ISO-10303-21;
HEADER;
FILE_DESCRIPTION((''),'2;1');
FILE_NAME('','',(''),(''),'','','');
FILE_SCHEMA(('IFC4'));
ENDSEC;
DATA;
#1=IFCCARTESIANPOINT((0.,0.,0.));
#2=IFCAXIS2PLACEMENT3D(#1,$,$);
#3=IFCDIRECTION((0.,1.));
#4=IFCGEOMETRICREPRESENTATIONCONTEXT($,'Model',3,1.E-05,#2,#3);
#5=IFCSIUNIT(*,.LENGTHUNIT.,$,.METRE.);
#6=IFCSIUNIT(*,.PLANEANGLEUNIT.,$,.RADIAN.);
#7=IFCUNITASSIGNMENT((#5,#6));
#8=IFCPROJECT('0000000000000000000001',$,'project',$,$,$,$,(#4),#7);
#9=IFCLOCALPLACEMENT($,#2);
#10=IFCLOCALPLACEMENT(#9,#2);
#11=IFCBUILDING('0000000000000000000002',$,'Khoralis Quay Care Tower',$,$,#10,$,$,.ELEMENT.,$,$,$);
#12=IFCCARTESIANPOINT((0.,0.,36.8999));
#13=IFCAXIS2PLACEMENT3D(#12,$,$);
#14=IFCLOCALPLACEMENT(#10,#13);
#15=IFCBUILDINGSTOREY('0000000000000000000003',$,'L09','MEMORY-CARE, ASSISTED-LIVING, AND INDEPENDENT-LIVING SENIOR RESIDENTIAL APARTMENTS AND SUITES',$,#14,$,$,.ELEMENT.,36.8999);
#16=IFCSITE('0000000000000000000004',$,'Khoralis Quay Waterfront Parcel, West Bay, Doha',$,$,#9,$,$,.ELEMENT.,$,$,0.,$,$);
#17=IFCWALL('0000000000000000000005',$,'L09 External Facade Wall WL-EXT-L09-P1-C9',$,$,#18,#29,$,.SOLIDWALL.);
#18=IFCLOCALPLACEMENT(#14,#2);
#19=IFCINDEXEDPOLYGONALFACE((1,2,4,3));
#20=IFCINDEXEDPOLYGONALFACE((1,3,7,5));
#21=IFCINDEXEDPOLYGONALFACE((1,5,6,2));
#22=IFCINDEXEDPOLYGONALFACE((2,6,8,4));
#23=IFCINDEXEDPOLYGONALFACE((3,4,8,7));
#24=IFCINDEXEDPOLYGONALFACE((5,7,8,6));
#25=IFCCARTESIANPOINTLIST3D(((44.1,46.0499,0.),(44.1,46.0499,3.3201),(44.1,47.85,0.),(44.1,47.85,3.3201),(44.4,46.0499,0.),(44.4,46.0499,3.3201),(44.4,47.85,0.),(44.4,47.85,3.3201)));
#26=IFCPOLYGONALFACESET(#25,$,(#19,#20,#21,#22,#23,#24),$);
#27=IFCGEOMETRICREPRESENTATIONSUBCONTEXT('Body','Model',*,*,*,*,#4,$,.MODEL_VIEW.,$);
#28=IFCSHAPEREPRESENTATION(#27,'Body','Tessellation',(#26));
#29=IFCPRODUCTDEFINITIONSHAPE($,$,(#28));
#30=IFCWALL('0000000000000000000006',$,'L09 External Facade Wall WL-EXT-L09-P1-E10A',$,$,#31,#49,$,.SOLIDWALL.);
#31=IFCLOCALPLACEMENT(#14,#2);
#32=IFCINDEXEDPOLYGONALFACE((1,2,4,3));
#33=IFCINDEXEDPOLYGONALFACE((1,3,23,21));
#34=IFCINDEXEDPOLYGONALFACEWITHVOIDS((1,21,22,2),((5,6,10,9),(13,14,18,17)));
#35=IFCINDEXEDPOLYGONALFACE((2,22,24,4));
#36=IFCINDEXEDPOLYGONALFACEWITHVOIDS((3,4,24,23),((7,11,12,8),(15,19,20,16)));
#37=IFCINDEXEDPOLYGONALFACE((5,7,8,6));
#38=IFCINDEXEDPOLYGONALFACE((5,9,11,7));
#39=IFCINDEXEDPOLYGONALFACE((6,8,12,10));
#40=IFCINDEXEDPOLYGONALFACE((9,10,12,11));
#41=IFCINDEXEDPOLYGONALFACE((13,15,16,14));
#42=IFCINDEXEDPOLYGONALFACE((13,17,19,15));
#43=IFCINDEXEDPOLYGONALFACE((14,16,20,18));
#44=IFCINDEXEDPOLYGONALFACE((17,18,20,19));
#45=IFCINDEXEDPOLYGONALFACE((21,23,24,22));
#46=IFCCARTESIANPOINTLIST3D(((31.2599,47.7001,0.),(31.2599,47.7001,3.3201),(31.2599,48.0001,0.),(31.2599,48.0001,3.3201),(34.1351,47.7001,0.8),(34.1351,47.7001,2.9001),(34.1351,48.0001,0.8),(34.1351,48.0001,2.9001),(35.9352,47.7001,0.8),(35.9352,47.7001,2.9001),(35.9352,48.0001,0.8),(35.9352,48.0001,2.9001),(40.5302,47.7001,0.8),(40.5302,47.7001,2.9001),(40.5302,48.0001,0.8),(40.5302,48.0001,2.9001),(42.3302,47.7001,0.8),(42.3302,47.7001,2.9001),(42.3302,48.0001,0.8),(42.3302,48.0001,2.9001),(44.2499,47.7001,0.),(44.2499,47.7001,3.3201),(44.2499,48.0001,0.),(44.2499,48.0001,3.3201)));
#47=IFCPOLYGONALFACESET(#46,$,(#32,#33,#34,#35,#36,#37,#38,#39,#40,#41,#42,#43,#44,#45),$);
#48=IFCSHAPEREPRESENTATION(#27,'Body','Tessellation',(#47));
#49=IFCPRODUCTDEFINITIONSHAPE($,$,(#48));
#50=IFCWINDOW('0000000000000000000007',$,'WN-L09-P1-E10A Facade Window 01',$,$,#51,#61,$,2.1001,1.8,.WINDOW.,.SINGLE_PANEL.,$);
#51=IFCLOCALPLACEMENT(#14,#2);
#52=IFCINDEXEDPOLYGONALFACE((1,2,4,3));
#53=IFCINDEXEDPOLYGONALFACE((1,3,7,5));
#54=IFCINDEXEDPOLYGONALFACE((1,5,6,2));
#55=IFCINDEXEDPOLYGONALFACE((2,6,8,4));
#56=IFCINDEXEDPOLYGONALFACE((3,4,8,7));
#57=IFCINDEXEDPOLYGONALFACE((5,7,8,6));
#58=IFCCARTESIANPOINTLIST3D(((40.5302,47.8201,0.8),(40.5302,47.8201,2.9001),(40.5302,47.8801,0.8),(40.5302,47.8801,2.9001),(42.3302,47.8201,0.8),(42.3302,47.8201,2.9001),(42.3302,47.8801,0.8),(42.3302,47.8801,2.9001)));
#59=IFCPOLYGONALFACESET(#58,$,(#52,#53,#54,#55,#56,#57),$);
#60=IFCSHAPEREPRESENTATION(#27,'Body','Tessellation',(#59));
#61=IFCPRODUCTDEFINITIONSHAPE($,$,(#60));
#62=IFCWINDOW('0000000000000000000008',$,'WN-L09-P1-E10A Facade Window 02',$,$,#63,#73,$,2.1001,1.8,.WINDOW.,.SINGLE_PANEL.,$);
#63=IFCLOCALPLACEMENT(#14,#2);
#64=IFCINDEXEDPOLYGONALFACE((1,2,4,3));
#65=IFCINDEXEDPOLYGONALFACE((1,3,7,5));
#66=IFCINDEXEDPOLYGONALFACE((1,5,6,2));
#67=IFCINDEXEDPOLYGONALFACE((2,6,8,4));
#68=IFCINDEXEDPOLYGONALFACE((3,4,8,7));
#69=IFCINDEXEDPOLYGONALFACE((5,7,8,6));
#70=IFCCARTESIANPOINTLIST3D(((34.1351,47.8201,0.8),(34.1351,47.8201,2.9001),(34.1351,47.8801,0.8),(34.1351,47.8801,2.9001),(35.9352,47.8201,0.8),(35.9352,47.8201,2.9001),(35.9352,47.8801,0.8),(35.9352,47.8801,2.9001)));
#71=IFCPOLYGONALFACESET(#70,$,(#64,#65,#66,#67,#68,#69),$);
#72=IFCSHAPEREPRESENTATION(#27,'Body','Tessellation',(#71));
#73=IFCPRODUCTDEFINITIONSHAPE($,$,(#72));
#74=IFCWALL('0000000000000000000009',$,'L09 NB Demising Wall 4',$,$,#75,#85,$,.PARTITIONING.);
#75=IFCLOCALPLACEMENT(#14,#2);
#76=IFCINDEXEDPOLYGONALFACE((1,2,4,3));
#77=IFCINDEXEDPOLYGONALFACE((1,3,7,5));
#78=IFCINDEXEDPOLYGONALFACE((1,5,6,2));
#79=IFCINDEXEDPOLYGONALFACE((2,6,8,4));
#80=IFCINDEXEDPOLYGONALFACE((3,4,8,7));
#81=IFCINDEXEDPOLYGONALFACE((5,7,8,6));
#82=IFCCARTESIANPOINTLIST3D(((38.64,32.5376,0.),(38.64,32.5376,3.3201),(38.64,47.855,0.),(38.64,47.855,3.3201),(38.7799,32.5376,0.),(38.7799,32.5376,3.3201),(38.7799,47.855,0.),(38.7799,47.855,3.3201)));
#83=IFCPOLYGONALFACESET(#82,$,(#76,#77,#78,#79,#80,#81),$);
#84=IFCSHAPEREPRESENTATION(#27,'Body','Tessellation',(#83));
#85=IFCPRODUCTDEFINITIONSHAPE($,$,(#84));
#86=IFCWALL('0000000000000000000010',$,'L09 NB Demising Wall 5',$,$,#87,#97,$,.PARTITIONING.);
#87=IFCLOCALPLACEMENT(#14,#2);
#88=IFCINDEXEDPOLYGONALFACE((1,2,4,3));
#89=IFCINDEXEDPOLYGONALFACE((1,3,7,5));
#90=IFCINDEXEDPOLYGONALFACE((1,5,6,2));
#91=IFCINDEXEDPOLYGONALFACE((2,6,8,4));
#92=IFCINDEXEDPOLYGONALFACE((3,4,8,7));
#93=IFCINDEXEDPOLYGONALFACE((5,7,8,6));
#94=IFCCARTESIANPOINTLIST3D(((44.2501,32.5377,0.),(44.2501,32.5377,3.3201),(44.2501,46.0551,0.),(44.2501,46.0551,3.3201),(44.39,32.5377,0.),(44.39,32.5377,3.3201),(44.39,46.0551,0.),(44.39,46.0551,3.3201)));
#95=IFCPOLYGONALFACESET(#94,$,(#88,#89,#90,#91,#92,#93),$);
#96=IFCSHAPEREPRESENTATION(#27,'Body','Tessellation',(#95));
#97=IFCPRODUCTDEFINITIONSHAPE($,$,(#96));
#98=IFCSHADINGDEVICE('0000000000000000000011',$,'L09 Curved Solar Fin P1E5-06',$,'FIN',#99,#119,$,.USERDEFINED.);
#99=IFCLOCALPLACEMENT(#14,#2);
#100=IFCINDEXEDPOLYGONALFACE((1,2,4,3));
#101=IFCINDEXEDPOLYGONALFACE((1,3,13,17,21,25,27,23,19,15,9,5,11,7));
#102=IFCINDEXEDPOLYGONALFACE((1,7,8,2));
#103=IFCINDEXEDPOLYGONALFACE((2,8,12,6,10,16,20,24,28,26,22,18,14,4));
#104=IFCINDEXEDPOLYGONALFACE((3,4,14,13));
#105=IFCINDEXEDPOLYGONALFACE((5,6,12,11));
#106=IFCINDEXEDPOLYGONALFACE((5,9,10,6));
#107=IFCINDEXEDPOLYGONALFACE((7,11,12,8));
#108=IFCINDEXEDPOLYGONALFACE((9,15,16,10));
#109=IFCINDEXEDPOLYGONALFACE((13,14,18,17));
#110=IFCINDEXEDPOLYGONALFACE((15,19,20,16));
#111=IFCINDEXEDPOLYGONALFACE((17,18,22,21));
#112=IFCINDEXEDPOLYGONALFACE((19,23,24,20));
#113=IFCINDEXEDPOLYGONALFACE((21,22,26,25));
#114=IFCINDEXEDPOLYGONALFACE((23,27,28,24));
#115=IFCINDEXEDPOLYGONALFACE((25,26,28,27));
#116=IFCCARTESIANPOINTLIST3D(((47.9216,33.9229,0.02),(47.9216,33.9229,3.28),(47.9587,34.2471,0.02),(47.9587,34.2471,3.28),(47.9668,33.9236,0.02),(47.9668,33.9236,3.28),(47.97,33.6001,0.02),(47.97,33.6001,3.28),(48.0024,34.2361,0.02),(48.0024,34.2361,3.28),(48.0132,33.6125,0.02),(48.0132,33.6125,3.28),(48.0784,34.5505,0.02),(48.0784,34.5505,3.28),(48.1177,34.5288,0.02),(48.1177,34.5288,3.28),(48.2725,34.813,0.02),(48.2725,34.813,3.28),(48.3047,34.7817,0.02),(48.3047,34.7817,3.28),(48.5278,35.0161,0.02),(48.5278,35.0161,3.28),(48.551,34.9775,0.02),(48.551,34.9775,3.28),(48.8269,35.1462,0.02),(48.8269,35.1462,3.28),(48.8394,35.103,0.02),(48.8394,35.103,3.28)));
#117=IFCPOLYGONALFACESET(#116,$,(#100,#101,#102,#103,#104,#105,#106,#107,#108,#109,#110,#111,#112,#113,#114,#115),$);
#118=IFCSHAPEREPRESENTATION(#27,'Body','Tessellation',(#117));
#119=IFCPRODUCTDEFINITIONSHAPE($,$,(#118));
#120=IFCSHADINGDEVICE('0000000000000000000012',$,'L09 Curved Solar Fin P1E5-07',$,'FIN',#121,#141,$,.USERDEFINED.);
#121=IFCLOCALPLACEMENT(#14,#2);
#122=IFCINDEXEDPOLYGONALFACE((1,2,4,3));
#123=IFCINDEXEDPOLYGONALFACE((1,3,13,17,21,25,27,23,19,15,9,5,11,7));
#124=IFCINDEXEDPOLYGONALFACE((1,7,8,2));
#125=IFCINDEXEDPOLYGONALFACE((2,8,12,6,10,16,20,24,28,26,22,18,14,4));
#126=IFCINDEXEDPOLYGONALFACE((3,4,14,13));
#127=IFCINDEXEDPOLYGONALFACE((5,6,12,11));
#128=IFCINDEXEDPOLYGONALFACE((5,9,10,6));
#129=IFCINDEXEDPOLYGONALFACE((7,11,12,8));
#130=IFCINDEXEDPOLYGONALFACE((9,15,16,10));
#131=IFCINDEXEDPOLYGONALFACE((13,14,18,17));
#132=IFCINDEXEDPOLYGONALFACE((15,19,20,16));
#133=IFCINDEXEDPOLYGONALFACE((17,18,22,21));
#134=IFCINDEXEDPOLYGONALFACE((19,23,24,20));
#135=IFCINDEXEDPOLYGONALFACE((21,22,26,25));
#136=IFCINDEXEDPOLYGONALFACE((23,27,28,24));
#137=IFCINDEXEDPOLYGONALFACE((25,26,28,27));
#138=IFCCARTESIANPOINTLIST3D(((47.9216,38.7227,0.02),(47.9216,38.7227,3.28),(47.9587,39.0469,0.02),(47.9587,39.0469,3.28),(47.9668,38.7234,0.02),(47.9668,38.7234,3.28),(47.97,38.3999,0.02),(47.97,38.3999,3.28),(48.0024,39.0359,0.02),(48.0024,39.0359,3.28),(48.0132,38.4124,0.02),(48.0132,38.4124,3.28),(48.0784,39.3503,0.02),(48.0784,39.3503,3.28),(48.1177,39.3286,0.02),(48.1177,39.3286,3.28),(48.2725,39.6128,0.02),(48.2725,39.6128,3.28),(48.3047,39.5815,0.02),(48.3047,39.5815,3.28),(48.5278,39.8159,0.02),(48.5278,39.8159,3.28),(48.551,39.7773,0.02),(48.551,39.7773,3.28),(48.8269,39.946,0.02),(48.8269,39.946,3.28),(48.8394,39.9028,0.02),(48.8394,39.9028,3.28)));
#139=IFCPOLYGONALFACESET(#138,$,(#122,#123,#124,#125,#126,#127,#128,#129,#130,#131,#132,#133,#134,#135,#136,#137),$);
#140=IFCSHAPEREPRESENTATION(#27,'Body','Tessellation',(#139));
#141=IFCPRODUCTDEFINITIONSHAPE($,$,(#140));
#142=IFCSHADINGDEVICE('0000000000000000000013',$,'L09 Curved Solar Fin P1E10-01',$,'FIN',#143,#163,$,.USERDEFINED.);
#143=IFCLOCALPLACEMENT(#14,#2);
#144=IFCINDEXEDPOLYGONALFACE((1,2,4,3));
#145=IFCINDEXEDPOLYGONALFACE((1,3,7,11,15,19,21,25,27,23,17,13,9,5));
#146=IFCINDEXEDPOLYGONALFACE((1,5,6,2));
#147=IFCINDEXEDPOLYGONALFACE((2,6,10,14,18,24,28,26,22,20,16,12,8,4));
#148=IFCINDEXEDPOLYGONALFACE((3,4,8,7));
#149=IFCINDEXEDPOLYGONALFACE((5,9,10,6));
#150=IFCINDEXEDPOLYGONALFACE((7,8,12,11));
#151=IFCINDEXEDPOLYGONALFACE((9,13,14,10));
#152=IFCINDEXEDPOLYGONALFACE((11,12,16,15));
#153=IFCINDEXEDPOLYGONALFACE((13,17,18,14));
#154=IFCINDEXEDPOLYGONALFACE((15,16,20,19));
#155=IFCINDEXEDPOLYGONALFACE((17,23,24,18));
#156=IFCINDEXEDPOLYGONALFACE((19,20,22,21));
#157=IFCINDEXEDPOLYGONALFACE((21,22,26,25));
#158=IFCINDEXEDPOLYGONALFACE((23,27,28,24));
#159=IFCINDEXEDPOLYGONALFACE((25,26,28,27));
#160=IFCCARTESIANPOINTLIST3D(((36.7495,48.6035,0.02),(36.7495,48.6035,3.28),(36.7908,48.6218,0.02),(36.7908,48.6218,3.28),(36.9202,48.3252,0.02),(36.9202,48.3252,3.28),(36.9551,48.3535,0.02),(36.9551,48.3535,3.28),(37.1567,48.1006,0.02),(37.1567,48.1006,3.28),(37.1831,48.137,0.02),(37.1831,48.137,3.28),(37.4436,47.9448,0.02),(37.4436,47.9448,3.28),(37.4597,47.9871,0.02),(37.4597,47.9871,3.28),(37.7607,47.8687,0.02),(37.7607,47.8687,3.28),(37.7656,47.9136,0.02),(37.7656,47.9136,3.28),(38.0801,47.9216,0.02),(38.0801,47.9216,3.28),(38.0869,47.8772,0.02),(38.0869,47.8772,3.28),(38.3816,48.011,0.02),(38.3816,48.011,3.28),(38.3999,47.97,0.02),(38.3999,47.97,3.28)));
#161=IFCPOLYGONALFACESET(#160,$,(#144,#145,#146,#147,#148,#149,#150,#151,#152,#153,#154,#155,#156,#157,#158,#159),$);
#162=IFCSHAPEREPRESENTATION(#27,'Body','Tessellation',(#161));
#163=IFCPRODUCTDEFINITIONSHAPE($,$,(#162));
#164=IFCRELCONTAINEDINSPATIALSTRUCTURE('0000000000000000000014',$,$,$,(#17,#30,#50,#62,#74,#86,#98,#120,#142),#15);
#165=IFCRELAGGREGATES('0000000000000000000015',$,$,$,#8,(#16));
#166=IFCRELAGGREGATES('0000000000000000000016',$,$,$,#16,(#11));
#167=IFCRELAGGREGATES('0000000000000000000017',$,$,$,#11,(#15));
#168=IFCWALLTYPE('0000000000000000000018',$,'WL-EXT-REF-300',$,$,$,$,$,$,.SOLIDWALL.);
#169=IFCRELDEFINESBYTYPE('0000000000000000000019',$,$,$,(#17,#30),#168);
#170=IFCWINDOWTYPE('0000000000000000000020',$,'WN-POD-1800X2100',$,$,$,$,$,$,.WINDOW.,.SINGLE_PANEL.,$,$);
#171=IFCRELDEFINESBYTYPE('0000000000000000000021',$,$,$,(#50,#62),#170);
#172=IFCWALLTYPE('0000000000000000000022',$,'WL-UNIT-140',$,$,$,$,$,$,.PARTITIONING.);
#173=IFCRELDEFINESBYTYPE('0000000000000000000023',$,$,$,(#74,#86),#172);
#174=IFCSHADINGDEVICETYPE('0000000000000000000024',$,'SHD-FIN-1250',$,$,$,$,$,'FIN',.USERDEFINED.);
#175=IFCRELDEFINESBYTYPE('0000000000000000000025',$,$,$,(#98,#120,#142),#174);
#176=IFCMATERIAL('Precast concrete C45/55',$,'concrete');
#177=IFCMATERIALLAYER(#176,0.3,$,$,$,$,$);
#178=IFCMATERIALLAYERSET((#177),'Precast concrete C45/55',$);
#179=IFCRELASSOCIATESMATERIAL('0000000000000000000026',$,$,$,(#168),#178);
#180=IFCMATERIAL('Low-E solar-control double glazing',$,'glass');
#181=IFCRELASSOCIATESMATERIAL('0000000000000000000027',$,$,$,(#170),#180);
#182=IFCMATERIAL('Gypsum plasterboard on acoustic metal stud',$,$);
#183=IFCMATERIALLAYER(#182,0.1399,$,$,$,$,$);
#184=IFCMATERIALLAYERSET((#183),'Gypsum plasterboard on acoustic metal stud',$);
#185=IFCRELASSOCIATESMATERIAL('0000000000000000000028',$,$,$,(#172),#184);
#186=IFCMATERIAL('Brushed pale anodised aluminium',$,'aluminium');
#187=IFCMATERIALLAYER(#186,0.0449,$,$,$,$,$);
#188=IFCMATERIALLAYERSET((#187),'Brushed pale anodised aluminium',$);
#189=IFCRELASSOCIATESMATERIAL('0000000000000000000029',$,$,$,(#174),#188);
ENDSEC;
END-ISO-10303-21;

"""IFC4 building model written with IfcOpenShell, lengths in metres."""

from ifc_helpers import new_model, si_unit, direction, frame, frame_2d, origin, place, context, subcontext, project, spatial, polyline, rectangle, outline, extrude, source, transform, mapped, material, layer, layer_set, type_object, element, fill, save


model = new_model("IFC4")

# Units and contexts
model_context = context("Model", 3, precision=1e-05, world=origin(), true_north=direction((0.0, 1.0)))
body_context = subcontext(model_context, "Body", "Model", "MODEL_VIEW")
ifc_project = project(units=[si_unit("LENGTHUNIT", "METRE"), si_unit("PLANEANGLEUNIT", "RADIAN")], contexts=[model_context])

# Site, building, storey
site_placement = place(None, origin())
site = spatial("IfcSite", under=ifc_project, at=site_placement, Name="Khoralis Quay Waterfront Parcel, West Bay, Doha", CompositionType="ELEMENT", RefElevation=0.0)
building_placement = place(site_placement, origin())
building = spatial("IfcBuilding", under=site, at=building_placement, Name="Khoralis Quay Care Tower", CompositionType="ELEMENT")
storey_placement = place(building_placement, frame((0.0, 0.0, 36.8999)))
storey = spatial("IfcBuildingStorey", under=building, at=storey_placement, Name="L09", Description="MEMORY-CARE, ASSISTED-LIVING, AND INDEPENDENT-LIVING SENIOR RESIDENTIAL APARTMENTS AND SUITES", CompositionType="ELEMENT", Elevation=36.8999)

# Shared definitions
ifc_material_1 = material(Name="Low-E solar-control double glazing", Category="glass")

# Shared definitions
ifc_material_2 = material(Name="Precast concrete C45/55", Category="concrete")
ifc_layer_1 = layer(ifc_material_2, 0.3)
ifc_layer_set_1 = layer_set([ifc_layer_1], Name="Precast concrete C45/55")
wall_type_1 = type_object("IfcWallType", Name="WL-EXT-REF-300", PredefinedType="SOLIDWALL", material=ifc_layer_set_1)
window_type = type_object("IfcWindowType", Name="WN-POD-1800X2100", PartitioningType="SINGLE_PANEL", PredefinedType="WINDOW", material=ifc_material_1)
shared_shape_1 = source(origin(), body_context, "Body", "SweptSolid", [
    extrude(rectangle(XDim=1.8, YDim=2.1001, at=frame_2d((0.8999, 1.05))), frame((0.0, 0.03, 0.0), z_axis=(0.0, -1.0, 0.0), x_axis=(1.0, 0.0, 0.0)), (0.0, 0.0, 1.0), 0.0601),
])

# Wall
for number, where, z_axis, x_axis, name in (
    (1, (44.25, 46.05, 0.0), (0.0, 0.0, 1.0), (0.0, 1.0, 0.0), "L09 External Facade Wall WL-EXT-L09-P1-C9"),
):
    element("IfcWall", number, at=place(storey_placement, frame(where, z_axis=z_axis, x_axis=x_axis)), inside=storey, type_object=wall_type_1, Name=name, PredefinedType="SOLIDWALL", context=body_context, shape_type="SweptSolid", body=[
        extrude(rectangle(XDim=1.8, YDim=0.3, at=frame_2d((0.8999, 0.0))), origin(), (0.0, 0.0, 1.0), 3.3201),
    ])

# Wall, openings, windows
wall_1_placement = place(storey_placement, frame((44.25, 47.8501, 0.0), z_axis=(0.0, 0.0, 1.0), x_axis=(-1.0, 0.0, 0.0)))
wall_1 = element("IfcWall", 2, at=wall_1_placement, inside=storey, type_object=wall_type_1, Name="L09 External Facade Wall WL-EXT-L09-P1-E10A", PredefinedType="SOLIDWALL", context=body_context, shape_type="SweptSolid", body=[
    extrude(rectangle(XDim=12.99, YDim=0.3, at=frame_2d((6.4951, 0.0))), origin(), (0.0, 0.0, 1.0), 3.3201),
])
opening_1_placement = place(wall_1_placement, frame((1.9199, 0.0, 0.8)))
opening_1 = element("IfcOpeningElement", 3, at=opening_1_placement, cuts=wall_1, PredefinedType="OPENING", context=body_context, shape_type="SweptSolid", body=[
    extrude(rectangle(XDim=1.8, YDim=2.1001, at=frame_2d((0.8999, 1.05))), frame((0.0, 0.1602, 0.0), z_axis=(0.0, -1.0, 0.0), x_axis=(1.0, 0.0, 0.0)), (0.0, 0.0, 1.0), 0.3201),
])
opening_2_placement = place(wall_1_placement, frame((8.3149, 0.0, 0.8)))
opening_2 = element("IfcOpeningElement", 4, at=opening_2_placement, cuts=wall_1, PredefinedType="OPENING", context=body_context, shape_type="SweptSolid", body=[
    extrude(rectangle(XDim=1.8, YDim=2.1001, at=frame_2d((0.8999, 1.05))), frame((0.0, 0.1602, 0.0), z_axis=(0.0, -1.0, 0.0), x_axis=(1.0, 0.0, 0.0)), (0.0, 0.0, 1.0), 0.3201),
])
window_1_placement = place(opening_1_placement, origin())
window_1 = element("IfcWindow", 5, at=window_1_placement, inside=storey, type_object=window_type, Name="WN-L09-P1-E10A Facade Window 01", OverallHeight=2.1001, OverallWidth=1.8, PartitioningType="SINGLE_PANEL", PredefinedType="WINDOW", context=body_context, shape_type="MappedRepresentation", body=[
    mapped(shared_shape_1, transform((0.0, 0.0, 0.0), scale=1.0)),
])
fill(opening_1, window_1)
window_2_placement = place(opening_2_placement, origin())
window_2 = element("IfcWindow", 6, at=window_2_placement, inside=storey, type_object=window_type, Name="WN-L09-P1-E10A Facade Window 02", OverallHeight=2.1001, OverallWidth=1.8, PartitioningType="SINGLE_PANEL", PredefinedType="WINDOW", context=body_context, shape_type="MappedRepresentation", body=[
    mapped(shared_shape_1, transform((0.0, 0.0, 0.0), scale=1.0)),
])
fill(opening_2, window_2)

# Walls
ifc_material_3 = material(Name="Gypsum plasterboard on acoustic metal stud")
ifc_layer_2 = layer(ifc_material_3, 0.1399)
ifc_layer_set_2 = layer_set([ifc_layer_2], Name="Gypsum plasterboard on acoustic metal stud")
wall_type_2 = type_object("IfcWallType", Name="WL-UNIT-140", PredefinedType="PARTITIONING", material=ifc_layer_set_2)
wall_2_placement = place(storey_placement, frame((38.71, 32.5376, 0.0), z_axis=(0.0, 0.0, 1.0), x_axis=(0.0, 1.0, 0.0)))
element("IfcWall", 7, at=wall_2_placement, inside=storey, type_object=wall_type_2, Name="L09 NB Demising Wall 4", PredefinedType="PARTITIONING", context=body_context, shape_type="SweptSolid", body=[
    extrude(rectangle(XDim=15.3174, YDim=0.1399, at=frame_2d((7.6587, 0.0))), origin(), (0.0, 0.0, 1.0), 3.3201),
])
wall_3_placement = place(storey_placement, frame((44.3201, 32.5376, 0.0), z_axis=(0.0, 0.0, 1.0), x_axis=(0.0, 1.0, 0.0)))
element("IfcWall", 8, at=wall_3_placement, inside=storey, type_object=wall_type_2, Name="L09 NB Demising Wall 5", PredefinedType="PARTITIONING", context=body_context, shape_type="SweptSolid", body=[
    extrude(rectangle(XDim=13.5173, YDim=0.1399, at=frame_2d((6.7588, 0.0))), origin(), (0.0, 0.0, 1.0), 3.3201),
])

# Shading devices
ifc_material_4 = material(Name="Brushed pale anodised aluminium", Category="aluminium")
ifc_layer_3 = layer(ifc_material_4, 0.0449)
ifc_layer_set_3 = layer_set([ifc_layer_3], Name="Brushed pale anodised aluminium")
shading_device_type = type_object("IfcShadingDeviceType", Name="SHD-FIN-1250", ElementType="FIN", PredefinedType="USERDEFINED", material=ifc_layer_set_3)
shared_shape_2 = source(origin(), body_context, "Body", "SweptSolid", [
    extrude(outline(polyline([(0.0, 0.0), (-0.0483, 0.3228), (-0.0112, 0.647), (0.1084, 0.9504), (0.3025, 1.2129), (0.5579, 1.416), (0.8569, 1.5461), (0.8694, 1.5029), (0.5811, 1.3774), (0.3347, 1.1816), (0.1477, 0.9287), (0.0325, 0.636), (-0.0032, 0.3235), (0.0432, 0.0125), (0.0, 0.0)])), origin(), (0.0, 0.0, 1.0), 3.26),
])
for number, where, z_axis, x_axis, name in (
    (9, (47.97, 33.6001, 0.02), (0.0, 0.0, 1.0), (1.0, 0.0, 0.0), "L09 Curved Solar Fin P1E5-06"),
    (10, (47.97, 38.3999, 0.02), (0.0, 0.0, 1.0), (1.0, 0.0, 0.0), "L09 Curved Solar Fin P1E5-07"),
):
    element("IfcShadingDevice", number, at=place(storey_placement, frame(where, z_axis=z_axis, x_axis=x_axis)), inside=storey, type_object=shading_device_type, Name=name, ObjectType="FIN", PredefinedType="USERDEFINED", context=body_context, shape_type="MappedRepresentation", body=[
        mapped(shared_shape_2, transform((0.0, 0.0, 0.0), scale=1.0)),
    ])
shared_shape_3 = source(origin(), body_context, "Body", "SweptSolid", [
    extrude(outline(polyline([(0.0, 0.0), (-0.0928, 0.313), (-0.1013, 0.6392), (-0.0251, 0.9563), (0.1306, 1.2432), (0.3552, 1.4797), (0.6335, 1.6504), (0.6519, 1.6091), (0.3835, 1.4448), (0.167, 1.2168), (0.0171, 0.9402), (-0.0564, 0.6343), (-0.0483, 0.3198), (0.041, 0.0183), (0.0, 0.0)])), origin(), (0.0, 0.0, 1.0), 3.26),
])
for number, where, z_axis, x_axis, name in (
    (11, (38.3999, 47.97, 0.02), (0.0, 0.0, 1.0), (0.0, 1.0, 0.0), "L09 Curved Solar Fin P1E10-01"),
):
    element("IfcShadingDevice", number, at=place(storey_placement, frame(where, z_axis=z_axis, x_axis=x_axis)), inside=storey, type_object=shading_device_type, Name=name, ObjectType="FIN", PredefinedType="USERDEFINED", context=body_context, shape_type="MappedRepresentation", body=[
        mapped(shared_shape_3, transform((0.0, 0.0, 0.0), scale=1.0)),
    ])

save(model, "model.ifc")
